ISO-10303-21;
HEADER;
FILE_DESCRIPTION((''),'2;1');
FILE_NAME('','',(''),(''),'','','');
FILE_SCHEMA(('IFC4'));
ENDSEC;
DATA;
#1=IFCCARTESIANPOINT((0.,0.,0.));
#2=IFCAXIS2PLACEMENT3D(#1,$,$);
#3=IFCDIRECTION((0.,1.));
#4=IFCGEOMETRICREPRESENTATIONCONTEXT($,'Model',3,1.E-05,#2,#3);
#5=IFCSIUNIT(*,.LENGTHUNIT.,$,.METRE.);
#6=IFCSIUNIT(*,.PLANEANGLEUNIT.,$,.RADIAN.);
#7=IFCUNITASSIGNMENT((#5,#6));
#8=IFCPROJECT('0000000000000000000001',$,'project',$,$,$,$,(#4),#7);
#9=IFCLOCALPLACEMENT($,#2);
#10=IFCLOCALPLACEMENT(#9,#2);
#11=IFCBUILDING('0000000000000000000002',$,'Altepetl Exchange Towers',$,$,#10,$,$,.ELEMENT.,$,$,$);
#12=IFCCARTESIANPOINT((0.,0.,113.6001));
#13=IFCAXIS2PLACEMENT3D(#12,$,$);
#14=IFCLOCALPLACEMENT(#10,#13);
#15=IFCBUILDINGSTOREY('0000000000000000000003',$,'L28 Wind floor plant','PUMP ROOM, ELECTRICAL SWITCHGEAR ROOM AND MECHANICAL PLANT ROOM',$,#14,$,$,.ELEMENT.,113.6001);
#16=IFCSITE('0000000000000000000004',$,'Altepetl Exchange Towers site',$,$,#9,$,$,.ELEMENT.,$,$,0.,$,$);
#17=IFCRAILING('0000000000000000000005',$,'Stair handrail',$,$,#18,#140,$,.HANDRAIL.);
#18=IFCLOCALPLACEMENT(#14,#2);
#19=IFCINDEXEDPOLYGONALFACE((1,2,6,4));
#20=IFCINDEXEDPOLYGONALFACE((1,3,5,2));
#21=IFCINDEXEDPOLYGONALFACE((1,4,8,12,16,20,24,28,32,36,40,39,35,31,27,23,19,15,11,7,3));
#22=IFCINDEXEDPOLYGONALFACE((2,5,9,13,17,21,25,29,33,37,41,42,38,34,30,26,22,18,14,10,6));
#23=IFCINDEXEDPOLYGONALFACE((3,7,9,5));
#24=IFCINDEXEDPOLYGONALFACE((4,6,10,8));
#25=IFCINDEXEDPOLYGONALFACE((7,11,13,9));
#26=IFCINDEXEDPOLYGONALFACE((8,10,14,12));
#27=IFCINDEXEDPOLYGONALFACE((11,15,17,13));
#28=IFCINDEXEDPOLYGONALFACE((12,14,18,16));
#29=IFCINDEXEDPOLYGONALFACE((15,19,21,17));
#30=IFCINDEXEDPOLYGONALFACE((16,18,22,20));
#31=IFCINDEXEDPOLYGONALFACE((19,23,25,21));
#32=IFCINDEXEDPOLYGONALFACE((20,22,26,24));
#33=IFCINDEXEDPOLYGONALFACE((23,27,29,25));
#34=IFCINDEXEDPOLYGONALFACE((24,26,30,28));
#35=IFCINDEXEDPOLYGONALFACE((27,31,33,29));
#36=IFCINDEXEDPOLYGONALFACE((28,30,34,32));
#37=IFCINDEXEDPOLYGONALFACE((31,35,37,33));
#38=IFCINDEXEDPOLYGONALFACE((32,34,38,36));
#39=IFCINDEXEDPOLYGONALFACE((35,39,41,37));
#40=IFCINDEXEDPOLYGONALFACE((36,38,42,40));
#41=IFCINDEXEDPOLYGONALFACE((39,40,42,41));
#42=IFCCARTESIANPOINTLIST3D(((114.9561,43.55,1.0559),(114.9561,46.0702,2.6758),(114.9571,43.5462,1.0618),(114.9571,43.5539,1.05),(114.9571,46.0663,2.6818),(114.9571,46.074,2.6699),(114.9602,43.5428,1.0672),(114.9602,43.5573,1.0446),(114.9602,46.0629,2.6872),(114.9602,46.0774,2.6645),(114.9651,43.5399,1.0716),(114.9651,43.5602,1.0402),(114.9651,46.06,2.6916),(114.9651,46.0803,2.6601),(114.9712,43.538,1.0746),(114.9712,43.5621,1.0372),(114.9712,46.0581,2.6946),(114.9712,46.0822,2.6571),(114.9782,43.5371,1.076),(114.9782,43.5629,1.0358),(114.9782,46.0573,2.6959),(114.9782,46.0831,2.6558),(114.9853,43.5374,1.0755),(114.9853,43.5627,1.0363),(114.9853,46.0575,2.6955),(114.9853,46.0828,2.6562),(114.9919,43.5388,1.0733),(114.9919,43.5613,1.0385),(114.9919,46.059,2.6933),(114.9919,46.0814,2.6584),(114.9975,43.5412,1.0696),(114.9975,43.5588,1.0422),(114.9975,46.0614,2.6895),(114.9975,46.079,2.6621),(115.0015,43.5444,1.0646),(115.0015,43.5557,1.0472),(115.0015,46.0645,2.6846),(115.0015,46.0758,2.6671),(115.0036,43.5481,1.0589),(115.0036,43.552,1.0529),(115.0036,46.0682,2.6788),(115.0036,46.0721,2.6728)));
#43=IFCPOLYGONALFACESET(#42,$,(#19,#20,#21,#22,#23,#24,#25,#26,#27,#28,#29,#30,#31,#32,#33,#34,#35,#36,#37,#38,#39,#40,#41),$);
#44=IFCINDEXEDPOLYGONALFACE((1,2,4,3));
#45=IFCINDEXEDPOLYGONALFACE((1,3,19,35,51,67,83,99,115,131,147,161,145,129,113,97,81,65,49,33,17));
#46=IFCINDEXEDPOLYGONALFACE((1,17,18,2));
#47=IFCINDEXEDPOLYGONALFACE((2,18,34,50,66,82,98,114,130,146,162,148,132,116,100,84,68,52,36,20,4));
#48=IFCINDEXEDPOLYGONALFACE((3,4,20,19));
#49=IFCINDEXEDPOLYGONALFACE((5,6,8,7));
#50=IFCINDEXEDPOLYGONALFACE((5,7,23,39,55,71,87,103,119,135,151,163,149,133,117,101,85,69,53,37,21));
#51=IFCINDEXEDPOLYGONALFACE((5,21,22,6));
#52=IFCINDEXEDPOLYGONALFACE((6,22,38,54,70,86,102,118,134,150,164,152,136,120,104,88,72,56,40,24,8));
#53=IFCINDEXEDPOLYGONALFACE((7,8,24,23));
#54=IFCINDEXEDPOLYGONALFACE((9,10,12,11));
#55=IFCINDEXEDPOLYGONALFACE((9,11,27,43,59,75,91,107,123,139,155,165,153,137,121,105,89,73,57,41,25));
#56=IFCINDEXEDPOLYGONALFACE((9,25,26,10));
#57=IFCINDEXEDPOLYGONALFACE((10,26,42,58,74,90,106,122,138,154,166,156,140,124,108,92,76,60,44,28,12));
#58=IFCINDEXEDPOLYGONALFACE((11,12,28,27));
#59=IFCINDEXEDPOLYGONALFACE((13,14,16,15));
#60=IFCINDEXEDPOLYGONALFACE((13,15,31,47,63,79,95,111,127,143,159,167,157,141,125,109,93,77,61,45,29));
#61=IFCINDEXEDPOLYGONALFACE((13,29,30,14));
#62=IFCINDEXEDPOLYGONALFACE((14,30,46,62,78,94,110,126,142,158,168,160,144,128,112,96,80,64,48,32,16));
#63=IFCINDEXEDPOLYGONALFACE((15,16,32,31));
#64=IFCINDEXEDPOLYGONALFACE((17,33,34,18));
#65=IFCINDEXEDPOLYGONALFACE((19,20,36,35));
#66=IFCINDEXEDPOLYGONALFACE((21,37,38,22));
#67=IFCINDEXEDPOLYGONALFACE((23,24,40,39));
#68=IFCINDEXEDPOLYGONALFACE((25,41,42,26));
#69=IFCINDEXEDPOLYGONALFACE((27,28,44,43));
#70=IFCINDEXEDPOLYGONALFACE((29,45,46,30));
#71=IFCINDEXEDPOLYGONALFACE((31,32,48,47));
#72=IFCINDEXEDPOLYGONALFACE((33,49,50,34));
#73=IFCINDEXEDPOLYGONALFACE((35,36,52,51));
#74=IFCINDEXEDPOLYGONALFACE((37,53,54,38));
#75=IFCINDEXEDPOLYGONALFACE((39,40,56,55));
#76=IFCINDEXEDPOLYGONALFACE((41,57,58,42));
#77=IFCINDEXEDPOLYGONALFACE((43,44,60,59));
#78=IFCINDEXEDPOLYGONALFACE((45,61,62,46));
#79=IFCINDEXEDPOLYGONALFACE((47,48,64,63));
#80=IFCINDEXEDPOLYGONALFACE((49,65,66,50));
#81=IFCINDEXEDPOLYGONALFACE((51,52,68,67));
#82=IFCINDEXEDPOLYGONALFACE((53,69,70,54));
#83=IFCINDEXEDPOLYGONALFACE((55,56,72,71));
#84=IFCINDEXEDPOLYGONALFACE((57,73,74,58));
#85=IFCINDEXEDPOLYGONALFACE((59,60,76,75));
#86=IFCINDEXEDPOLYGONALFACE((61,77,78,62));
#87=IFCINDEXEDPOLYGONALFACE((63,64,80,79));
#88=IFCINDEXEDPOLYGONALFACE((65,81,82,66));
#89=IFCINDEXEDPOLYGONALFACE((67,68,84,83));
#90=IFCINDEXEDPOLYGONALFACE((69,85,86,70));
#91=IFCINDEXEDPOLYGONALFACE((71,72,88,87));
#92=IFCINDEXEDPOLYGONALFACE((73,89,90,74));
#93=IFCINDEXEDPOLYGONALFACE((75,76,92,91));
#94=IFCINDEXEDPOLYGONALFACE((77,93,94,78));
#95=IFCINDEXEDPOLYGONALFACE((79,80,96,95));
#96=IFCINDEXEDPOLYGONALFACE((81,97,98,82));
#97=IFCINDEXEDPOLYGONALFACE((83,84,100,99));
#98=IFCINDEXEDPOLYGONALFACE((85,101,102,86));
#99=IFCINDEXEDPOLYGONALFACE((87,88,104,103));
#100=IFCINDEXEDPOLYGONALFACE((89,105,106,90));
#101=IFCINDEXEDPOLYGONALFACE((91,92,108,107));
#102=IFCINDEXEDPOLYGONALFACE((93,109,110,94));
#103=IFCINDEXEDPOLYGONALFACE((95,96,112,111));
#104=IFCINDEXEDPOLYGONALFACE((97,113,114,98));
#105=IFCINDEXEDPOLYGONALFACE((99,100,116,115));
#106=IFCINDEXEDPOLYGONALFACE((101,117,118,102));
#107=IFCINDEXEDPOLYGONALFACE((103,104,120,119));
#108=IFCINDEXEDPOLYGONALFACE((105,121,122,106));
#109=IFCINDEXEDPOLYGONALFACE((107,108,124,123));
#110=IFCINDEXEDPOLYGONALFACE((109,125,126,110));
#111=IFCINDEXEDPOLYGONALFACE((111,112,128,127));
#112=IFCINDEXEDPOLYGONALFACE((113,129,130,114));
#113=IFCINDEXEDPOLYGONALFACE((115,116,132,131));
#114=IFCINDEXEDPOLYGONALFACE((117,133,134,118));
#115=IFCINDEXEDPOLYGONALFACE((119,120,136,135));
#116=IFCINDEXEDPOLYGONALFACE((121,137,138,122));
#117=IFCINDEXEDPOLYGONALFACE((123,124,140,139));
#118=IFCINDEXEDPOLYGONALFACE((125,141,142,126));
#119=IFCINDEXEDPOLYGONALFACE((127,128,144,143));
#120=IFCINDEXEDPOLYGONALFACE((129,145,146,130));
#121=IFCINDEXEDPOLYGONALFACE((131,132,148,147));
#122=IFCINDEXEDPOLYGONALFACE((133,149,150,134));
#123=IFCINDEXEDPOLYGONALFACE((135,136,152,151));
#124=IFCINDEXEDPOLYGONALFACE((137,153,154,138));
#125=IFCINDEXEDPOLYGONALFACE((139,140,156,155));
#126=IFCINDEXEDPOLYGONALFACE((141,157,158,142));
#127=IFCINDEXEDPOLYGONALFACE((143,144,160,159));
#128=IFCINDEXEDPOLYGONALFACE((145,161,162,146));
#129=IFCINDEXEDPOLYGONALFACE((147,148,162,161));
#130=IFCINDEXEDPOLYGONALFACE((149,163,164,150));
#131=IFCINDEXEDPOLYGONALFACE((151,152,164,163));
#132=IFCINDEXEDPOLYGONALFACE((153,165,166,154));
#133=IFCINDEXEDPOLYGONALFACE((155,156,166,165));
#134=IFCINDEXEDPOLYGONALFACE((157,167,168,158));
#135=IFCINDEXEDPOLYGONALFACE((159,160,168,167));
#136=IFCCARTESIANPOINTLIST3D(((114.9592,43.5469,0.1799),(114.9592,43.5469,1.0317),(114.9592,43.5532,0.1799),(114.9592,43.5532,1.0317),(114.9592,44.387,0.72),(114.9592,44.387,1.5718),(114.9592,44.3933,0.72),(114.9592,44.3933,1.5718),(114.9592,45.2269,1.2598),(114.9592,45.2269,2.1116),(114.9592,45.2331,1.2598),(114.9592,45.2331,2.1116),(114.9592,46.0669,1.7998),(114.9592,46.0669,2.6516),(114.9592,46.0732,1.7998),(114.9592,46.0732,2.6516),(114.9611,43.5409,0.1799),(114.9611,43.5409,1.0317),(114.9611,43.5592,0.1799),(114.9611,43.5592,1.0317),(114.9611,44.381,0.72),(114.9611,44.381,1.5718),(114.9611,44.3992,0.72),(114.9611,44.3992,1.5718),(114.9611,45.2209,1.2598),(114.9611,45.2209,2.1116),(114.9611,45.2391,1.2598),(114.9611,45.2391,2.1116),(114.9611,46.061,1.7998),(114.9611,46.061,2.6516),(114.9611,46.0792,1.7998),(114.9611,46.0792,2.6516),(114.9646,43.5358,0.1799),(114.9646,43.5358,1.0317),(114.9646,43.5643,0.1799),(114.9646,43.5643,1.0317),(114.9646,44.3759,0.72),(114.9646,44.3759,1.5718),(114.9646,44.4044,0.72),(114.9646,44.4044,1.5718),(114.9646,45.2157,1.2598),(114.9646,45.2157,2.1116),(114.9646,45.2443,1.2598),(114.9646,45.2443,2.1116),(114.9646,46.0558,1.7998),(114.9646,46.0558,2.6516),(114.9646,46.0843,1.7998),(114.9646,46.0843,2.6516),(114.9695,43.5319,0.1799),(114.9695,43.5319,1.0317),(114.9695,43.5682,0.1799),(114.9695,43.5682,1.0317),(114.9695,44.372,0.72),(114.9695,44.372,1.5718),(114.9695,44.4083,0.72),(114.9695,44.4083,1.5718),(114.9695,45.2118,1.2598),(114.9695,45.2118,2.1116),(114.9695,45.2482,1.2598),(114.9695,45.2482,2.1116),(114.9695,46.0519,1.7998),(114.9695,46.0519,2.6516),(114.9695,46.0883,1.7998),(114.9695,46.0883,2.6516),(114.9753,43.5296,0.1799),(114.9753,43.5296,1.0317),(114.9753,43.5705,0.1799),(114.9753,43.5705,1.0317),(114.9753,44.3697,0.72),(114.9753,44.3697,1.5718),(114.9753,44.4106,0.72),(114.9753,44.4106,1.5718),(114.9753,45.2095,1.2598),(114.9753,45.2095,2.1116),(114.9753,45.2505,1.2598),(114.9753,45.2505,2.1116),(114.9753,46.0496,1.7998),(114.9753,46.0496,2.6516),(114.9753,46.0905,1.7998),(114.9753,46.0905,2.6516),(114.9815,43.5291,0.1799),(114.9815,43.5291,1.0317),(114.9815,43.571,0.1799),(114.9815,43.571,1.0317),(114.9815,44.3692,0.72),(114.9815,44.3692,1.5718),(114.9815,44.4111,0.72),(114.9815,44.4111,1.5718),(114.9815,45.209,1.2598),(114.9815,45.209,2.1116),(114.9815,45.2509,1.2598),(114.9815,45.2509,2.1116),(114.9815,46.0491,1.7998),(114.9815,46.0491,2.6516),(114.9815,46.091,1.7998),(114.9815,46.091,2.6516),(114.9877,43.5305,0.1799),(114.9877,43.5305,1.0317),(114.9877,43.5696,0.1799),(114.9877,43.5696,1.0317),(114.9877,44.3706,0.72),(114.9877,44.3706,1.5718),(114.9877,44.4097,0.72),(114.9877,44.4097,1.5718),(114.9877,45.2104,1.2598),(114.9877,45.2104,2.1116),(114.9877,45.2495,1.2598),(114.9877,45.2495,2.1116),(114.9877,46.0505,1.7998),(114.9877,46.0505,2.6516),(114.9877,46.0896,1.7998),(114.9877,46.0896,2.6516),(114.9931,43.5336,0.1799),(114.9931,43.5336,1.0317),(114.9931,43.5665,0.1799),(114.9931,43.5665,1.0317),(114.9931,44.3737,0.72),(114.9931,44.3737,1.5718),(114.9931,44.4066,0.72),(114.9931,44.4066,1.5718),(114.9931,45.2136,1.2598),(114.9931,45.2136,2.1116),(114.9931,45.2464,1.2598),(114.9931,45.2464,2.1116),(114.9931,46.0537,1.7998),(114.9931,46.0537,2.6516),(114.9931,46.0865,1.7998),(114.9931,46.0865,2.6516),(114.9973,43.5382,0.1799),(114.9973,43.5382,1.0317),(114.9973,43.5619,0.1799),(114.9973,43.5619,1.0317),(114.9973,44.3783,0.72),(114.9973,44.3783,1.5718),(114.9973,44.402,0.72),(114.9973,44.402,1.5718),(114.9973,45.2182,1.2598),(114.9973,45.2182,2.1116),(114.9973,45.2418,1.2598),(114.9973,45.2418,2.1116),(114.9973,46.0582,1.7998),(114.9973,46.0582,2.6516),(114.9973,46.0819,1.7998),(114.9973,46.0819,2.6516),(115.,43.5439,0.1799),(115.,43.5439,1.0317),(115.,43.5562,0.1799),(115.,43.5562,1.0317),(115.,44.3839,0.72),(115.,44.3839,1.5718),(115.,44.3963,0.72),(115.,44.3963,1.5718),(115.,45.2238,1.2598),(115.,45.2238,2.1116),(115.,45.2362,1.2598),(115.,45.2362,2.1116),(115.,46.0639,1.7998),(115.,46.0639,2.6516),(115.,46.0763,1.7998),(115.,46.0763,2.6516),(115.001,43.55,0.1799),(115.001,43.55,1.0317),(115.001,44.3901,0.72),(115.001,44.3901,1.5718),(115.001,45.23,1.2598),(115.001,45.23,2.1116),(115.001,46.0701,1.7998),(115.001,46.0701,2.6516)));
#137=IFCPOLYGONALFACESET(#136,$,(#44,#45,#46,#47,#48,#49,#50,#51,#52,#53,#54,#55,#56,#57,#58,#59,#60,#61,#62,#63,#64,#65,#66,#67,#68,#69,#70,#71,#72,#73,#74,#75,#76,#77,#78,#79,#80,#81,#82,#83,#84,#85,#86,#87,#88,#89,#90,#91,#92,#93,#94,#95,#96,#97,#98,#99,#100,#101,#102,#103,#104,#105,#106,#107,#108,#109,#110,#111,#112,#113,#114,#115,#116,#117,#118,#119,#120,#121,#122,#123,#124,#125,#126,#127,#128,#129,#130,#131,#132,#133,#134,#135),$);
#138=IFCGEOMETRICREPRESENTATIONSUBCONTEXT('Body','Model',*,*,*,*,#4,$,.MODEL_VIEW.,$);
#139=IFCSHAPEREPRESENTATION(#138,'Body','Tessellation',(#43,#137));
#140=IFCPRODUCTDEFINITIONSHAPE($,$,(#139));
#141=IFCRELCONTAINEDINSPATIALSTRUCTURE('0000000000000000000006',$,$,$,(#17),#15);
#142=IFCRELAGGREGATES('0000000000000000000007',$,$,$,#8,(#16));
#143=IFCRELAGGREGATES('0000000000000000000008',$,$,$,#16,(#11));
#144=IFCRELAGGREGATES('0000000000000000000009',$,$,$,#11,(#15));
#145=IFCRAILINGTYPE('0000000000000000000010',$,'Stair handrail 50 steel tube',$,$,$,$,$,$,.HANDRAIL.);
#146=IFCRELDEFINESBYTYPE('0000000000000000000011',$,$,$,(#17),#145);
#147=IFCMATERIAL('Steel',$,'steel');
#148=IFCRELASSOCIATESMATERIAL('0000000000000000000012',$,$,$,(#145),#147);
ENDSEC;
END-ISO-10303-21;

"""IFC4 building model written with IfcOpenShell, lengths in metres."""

from ifc_helpers import new_model, si_unit, direction, frame, origin, origin_2d, place, context, subcontext, project, spatial, circle, extrude, source, transform, mapped, material, type_object, element, save


model = new_model("IFC4")

# Units and contexts
model_context = context("Model", 3, precision=1e-05, world=origin(), true_north=direction((0.0, 1.0)))
body_context = subcontext(model_context, "Body", "Model", "MODEL_VIEW")
ifc_project = project(units=[si_unit("LENGTHUNIT", "METRE"), si_unit("PLANEANGLEUNIT", "RADIAN")], contexts=[model_context])

# Site, building, storey
site_placement = place(None, origin())
site = spatial("IfcSite", under=ifc_project, at=site_placement, Name="Altepetl Exchange Towers site", CompositionType="ELEMENT", RefElevation=0.0)
building_placement = place(site_placement, origin())
building = spatial("IfcBuilding", under=site, at=building_placement, Name="Altepetl Exchange Towers", CompositionType="ELEMENT")
storey_placement = place(building_placement, frame((0.0, 0.0, 113.6001)))
storey = spatial("IfcBuildingStorey", under=building, at=storey_placement, Name="L28 Wind floor plant", Description="PUMP ROOM, ELECTRICAL SWITCHGEAR ROOM AND MECHANICAL PLANT ROOM", CompositionType="ELEMENT", Elevation=113.6001)

# Railing
ifc_material_1 = material(Name="Steel", Category="steel")
railing_type_1 = type_object("IfcRailingType", Name="Stair handrail 50 steel tube", PredefinedType="HANDRAIL", material=ifc_material_1)
shared_shape_1 = source(origin(), body_context, "Body", "SweptSolid", [
    extrude(circle(Radius=0.021, at=origin_2d()), origin(), (0.0, 0.0, 1.0), 0.8518),
])
railing_1_placement = place(storey_placement, frame((114.98, 43.55, 0.1799)))
element("IfcRailing", 1, at=railing_1_placement, inside=storey, type_object=railing_type_1, Name="Stair handrail", PredefinedType="HANDRAIL", context=body_context, shape_type="SweptSolid", body=[
    extrude(circle(Radius=0.0239, at=origin_2d()), frame((0.0, 0.0, 0.876), z_axis=(0.0, 0.8412, 0.540725), x_axis=(-1.0, 0.0, 0.0)), (0.0, 0.0, 1.0), 2.9958),
    mapped(shared_shape_1, transform((0.0, 0.0, 0.0))),
    mapped(shared_shape_1, transform((0.0, 0.8401, 0.54))),
    mapped(shared_shape_1, transform((0.0, 1.6799, 1.0798))),
    mapped(shared_shape_1, transform((0.0, 2.52, 1.6199))),
])

save(model, "model.ifc")
